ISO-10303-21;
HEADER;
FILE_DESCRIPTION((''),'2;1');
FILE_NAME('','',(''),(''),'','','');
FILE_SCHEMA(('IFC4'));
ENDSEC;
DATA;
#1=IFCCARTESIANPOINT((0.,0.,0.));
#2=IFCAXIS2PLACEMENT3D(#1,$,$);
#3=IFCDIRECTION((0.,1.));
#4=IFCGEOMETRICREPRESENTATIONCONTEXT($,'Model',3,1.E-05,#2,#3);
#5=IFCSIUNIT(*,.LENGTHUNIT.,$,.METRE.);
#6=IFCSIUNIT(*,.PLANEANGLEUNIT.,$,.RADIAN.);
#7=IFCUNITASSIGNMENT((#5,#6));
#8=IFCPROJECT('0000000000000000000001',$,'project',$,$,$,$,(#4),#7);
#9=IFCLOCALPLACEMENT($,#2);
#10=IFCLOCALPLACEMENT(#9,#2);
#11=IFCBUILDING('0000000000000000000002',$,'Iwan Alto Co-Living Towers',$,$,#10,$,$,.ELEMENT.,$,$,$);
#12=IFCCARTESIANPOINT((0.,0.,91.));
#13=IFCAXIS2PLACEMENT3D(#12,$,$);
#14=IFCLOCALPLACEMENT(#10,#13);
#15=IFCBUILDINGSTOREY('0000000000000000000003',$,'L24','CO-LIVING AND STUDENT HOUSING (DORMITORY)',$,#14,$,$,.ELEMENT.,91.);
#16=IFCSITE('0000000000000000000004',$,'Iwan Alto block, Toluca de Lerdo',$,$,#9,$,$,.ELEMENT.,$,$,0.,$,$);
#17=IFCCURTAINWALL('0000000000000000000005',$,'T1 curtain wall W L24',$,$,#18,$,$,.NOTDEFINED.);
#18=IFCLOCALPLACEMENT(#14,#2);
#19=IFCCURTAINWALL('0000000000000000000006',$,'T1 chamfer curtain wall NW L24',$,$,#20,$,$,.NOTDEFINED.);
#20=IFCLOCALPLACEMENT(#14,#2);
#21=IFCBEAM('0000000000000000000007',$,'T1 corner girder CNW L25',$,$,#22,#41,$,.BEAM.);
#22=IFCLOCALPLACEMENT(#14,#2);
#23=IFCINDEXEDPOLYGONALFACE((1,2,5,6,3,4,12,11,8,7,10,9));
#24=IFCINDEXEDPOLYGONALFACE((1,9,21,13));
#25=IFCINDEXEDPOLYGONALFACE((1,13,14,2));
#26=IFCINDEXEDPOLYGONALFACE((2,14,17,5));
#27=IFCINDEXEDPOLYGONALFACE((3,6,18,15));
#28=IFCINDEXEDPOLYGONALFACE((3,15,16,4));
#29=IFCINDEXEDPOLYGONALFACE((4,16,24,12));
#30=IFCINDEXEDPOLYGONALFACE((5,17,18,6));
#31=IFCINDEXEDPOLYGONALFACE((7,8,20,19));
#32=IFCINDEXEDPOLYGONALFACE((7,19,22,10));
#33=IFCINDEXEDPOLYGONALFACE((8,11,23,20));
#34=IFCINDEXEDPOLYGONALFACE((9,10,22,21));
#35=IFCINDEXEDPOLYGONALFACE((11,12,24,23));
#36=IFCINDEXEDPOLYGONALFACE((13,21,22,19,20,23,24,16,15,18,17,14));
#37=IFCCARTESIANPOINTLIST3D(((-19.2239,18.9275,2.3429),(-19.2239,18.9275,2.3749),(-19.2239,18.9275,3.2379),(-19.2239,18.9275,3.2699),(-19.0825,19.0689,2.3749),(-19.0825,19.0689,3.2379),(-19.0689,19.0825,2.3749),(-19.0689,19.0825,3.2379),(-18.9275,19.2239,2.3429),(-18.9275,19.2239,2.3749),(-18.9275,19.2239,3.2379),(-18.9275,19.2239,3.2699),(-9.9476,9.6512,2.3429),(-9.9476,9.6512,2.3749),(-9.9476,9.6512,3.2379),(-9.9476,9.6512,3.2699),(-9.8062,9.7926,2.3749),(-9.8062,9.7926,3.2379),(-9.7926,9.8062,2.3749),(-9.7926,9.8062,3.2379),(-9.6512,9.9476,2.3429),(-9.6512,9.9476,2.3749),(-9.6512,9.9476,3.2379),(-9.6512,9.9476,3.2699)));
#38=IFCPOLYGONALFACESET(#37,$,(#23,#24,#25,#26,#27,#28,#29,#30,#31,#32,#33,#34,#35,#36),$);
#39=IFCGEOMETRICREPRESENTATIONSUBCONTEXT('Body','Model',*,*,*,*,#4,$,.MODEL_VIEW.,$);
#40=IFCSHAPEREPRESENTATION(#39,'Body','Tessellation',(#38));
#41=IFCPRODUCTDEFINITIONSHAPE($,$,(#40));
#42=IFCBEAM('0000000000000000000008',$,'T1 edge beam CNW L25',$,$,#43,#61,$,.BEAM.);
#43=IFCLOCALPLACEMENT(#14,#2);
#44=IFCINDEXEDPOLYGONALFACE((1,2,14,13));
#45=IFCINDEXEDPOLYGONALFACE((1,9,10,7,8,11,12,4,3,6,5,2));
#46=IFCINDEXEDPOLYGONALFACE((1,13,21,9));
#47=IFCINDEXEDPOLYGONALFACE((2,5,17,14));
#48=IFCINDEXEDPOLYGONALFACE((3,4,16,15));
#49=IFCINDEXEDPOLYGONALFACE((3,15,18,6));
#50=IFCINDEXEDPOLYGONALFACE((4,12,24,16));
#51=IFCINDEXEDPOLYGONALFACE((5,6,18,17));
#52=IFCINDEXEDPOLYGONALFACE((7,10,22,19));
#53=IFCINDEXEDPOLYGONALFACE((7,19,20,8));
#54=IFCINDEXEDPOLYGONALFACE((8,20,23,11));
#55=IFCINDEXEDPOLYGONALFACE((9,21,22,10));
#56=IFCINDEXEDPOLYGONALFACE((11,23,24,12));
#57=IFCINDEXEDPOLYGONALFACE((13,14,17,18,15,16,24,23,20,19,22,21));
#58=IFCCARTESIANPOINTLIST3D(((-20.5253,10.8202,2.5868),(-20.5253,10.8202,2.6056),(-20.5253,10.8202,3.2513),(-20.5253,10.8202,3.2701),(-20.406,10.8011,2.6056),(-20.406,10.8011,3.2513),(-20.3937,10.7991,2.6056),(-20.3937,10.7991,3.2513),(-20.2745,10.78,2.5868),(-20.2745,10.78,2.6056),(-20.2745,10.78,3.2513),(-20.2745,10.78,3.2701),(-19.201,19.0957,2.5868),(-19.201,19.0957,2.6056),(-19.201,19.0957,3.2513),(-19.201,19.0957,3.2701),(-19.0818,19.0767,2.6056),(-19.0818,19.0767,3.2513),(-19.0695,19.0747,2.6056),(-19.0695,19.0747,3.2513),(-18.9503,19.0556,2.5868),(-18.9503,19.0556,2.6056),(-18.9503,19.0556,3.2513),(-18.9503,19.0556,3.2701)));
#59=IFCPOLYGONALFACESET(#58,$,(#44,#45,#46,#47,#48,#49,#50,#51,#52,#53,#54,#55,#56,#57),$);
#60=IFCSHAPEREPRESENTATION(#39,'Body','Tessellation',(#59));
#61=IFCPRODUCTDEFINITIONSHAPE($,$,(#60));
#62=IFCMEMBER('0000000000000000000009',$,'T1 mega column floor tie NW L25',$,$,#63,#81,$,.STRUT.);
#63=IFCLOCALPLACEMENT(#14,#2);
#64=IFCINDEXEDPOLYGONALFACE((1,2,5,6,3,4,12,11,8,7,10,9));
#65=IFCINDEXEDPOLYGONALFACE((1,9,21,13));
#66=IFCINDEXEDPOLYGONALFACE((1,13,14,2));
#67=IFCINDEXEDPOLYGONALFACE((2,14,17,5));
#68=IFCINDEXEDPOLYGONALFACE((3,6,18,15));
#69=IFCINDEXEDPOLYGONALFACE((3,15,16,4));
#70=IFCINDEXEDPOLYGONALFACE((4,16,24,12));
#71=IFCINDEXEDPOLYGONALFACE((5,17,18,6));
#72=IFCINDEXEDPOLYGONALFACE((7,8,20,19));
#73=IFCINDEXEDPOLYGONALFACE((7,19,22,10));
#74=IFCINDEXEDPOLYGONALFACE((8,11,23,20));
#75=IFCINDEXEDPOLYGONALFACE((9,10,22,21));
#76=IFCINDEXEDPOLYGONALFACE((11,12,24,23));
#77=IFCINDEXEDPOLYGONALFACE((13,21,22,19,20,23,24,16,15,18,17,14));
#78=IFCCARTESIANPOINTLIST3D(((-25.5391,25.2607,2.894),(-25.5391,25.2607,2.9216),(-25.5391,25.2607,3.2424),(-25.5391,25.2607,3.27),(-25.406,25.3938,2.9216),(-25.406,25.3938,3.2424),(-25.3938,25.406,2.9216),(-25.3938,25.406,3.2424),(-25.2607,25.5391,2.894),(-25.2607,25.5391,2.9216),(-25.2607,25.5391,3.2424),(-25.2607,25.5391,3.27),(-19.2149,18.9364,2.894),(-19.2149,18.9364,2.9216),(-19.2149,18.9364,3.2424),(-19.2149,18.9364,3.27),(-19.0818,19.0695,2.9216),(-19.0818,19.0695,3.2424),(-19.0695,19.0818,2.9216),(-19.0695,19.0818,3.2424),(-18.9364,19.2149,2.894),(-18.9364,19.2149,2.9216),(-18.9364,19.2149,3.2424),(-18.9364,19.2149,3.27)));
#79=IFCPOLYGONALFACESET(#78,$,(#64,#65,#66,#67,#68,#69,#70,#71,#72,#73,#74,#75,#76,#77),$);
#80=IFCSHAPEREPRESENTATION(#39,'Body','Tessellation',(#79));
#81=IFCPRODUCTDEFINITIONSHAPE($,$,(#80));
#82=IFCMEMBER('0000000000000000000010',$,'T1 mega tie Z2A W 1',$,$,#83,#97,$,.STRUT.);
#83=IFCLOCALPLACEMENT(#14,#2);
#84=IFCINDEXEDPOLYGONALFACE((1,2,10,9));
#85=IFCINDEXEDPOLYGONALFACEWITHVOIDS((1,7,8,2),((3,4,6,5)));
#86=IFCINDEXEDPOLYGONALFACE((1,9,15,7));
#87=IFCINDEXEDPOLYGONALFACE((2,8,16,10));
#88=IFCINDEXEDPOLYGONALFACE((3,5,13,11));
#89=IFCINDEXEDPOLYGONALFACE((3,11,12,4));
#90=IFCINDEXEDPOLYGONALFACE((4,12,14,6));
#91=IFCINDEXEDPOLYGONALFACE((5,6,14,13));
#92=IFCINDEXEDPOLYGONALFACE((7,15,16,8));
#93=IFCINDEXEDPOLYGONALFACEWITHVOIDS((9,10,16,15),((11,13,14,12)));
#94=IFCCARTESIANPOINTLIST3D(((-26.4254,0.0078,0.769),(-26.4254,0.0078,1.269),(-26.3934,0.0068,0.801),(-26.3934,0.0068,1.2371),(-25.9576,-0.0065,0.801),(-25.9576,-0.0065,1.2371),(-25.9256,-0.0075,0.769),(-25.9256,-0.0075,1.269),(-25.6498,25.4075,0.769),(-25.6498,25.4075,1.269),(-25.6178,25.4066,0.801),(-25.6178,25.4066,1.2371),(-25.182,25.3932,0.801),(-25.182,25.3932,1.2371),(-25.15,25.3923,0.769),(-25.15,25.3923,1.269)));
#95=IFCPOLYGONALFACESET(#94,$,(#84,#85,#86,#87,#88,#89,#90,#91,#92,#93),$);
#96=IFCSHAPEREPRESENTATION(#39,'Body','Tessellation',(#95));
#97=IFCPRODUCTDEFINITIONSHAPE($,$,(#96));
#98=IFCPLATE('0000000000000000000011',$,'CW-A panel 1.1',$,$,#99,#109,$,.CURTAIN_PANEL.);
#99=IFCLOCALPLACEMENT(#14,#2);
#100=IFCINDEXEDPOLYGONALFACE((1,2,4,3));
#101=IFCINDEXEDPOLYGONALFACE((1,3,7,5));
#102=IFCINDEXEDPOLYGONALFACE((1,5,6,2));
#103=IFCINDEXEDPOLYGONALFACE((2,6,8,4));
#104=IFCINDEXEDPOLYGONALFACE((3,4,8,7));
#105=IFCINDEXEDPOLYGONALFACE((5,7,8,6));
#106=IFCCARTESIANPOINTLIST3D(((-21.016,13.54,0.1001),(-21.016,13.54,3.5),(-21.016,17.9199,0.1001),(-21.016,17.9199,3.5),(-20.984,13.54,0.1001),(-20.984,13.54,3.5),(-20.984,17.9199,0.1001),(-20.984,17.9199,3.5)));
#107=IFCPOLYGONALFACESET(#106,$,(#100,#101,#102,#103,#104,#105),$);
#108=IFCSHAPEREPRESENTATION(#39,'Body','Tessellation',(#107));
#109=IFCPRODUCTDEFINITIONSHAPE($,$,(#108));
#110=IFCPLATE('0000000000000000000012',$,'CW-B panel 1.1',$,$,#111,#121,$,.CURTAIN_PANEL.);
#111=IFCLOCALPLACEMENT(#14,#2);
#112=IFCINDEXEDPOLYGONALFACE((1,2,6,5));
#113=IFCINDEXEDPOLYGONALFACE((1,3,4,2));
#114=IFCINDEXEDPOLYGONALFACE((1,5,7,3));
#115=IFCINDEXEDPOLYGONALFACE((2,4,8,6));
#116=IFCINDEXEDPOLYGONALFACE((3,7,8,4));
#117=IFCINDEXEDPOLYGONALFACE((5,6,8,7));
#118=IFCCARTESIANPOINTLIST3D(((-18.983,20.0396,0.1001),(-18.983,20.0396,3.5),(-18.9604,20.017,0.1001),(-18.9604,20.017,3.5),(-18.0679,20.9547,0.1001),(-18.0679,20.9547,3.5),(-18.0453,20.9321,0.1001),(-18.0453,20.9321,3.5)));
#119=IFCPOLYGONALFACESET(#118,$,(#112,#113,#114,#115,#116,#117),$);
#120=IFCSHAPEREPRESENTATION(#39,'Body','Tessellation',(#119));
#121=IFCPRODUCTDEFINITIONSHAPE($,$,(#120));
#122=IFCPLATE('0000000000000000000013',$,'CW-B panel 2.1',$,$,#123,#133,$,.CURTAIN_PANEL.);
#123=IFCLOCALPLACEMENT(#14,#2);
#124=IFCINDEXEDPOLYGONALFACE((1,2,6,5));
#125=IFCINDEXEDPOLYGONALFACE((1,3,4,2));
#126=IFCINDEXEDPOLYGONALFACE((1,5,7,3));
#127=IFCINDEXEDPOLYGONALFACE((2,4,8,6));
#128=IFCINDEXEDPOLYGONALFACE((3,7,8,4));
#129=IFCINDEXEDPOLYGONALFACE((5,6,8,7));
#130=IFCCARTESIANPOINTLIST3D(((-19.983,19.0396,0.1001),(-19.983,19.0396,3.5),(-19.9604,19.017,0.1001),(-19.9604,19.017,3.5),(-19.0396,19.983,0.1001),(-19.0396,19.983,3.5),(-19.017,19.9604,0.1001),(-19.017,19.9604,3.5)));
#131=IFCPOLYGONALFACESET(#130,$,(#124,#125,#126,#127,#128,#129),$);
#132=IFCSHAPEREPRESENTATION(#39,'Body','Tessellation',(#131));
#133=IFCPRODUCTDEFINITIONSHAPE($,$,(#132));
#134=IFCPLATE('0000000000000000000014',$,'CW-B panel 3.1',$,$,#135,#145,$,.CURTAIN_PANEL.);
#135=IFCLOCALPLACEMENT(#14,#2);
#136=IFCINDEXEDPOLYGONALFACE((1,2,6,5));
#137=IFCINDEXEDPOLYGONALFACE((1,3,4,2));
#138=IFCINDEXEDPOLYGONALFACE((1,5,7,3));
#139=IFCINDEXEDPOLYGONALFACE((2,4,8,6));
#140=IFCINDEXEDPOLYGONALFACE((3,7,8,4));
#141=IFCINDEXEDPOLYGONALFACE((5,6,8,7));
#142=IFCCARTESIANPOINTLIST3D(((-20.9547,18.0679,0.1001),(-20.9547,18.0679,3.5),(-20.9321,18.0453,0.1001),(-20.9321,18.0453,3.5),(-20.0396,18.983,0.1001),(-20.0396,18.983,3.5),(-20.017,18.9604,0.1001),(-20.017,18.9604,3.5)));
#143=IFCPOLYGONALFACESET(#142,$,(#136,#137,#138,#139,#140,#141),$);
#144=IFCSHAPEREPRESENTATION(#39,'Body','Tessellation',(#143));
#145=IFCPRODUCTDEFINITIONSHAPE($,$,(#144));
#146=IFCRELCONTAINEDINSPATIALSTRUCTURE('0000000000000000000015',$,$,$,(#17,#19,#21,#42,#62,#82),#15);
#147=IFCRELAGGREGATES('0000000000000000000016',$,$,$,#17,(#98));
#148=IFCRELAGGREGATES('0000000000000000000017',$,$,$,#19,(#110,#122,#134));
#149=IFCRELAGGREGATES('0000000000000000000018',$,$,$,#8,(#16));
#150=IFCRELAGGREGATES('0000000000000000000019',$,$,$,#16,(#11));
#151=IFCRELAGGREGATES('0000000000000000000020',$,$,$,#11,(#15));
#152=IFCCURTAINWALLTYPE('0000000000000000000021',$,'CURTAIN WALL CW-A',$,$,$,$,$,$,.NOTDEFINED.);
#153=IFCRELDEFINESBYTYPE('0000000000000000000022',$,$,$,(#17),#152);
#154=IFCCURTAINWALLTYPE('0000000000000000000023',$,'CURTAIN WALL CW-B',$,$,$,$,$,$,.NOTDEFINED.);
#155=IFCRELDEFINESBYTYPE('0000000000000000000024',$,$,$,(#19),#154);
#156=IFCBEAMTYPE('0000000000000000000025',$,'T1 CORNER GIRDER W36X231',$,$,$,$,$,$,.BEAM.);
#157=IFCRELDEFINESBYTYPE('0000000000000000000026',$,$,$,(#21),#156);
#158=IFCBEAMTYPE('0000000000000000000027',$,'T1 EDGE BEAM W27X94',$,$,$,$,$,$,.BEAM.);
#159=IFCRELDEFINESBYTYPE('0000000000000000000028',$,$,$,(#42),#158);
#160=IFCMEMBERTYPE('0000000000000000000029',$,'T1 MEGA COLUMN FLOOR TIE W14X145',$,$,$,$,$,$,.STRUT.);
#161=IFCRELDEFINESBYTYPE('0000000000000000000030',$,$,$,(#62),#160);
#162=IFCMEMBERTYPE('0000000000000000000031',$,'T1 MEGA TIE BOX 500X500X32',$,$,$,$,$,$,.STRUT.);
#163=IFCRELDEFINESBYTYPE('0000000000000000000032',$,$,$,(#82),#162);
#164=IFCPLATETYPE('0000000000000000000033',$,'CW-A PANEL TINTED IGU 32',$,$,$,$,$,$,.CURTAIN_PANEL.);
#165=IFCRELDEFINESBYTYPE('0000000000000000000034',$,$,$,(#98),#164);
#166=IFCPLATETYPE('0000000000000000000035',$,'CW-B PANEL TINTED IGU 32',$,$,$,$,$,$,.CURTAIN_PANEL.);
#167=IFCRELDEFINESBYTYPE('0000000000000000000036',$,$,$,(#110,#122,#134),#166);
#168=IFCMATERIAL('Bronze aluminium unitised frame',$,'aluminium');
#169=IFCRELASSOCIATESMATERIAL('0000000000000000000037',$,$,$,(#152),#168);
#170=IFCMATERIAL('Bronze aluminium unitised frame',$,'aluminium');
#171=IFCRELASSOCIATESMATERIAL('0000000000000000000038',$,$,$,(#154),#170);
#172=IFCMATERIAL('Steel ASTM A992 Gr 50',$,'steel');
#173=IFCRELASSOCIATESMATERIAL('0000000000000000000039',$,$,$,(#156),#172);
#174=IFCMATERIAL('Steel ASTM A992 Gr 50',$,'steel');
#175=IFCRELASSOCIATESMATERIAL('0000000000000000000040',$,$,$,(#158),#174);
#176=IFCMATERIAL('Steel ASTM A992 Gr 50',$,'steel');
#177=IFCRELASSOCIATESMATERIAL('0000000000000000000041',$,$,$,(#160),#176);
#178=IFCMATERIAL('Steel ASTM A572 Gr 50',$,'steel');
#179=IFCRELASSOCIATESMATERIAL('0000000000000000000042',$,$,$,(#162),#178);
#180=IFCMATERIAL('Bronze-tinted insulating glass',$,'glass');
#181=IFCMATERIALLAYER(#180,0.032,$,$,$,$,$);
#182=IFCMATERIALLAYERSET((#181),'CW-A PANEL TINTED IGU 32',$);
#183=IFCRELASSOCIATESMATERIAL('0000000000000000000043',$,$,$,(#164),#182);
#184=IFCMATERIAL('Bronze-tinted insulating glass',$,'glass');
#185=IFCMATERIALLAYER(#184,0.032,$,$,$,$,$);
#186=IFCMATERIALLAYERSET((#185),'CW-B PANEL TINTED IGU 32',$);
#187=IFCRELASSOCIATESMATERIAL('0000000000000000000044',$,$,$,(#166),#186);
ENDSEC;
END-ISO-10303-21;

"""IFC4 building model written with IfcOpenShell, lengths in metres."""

from ifc_helpers import new_model, si_unit, direction, frame, origin, origin_2d, place, context, subcontext, project, spatial, rectangle, hollow_rectangle, i_section, extrude, material, layer, layer_set, material_profile, profile_set, type_object, element, aggregate, save


model = new_model("IFC4")

# Units and contexts
model_context = context("Model", 3, precision=1e-05, world=origin(), true_north=direction((0.0, 1.0)))
body_context = subcontext(model_context, "Body", "Model", "MODEL_VIEW")
ifc_project = project(units=[si_unit("LENGTHUNIT", "METRE"), si_unit("PLANEANGLEUNIT", "RADIAN")], contexts=[model_context])

# Site, building, storey
site_placement = place(None, origin())
site = spatial("IfcSite", under=ifc_project, at=site_placement, Name="Iwan Alto block, Toluca de Lerdo", CompositionType="ELEMENT", RefElevation=0.0)
building_placement = place(site_placement, origin())
building = spatial("IfcBuilding", under=site, at=building_placement, Name="Iwan Alto Co-Living Towers", CompositionType="ELEMENT")
storey_placement = place(building_placement, frame((0.0, 0.0, 91.0)))
storey = spatial("IfcBuildingStorey", under=building, at=storey_placement, Name="L24", Description="CO-LIVING AND STUDENT HOUSING (DORMITORY)", CompositionType="ELEMENT", Elevation=91.0)

# Shared definitions
ifc_material_1 = material(Name="Bronze aluminium unitised frame", Category="aluminium")
curtain_wall_type_1 = type_object("IfcCurtainWallType", Name="CURTAIN WALL CW-A", PredefinedType="NOTDEFINED", material=ifc_material_1)

# Curtain walls
curtain_wall_1_placement = place(storey_placement, origin())
curtain_wall_1 = element("IfcCurtainWall", 1, at=curtain_wall_1_placement, inside=storey, type_object=curtain_wall_type_1, Name="T1 curtain wall W L24", PredefinedType="NOTDEFINED")
ifc_material_2 = material(Name="Bronze aluminium unitised frame", Category="aluminium")
curtain_wall_type_2 = type_object("IfcCurtainWallType", Name="CURTAIN WALL CW-B", PredefinedType="NOTDEFINED", material=ifc_material_2)
curtain_wall_2_placement = place(storey_placement, origin())
curtain_wall_2 = element("IfcCurtainWall", 2, at=curtain_wall_2_placement, inside=storey, type_object=curtain_wall_type_2, Name="T1 chamfer curtain wall NW L24", PredefinedType="NOTDEFINED")

# Beams
ifc_material_3 = material(Name="Steel ASTM A992 Gr 50", Category="steel")
ifc_material_profile_1 = material_profile(ifc_material_3, i_section(OverallWidth=0.4192, OverallDepth=0.927, WebThickness=0.0193, FlangeThickness=0.032, at=origin_2d()), Name="W36X231")
ifc_profile_set_1 = profile_set([ifc_material_profile_1], Name="Steel ASTM A992 Gr 50")
beam_type_1 = type_object("IfcBeamType", Name="T1 CORNER GIRDER W36X231", PredefinedType="BEAM", material=ifc_profile_set_1)
beam_1_placement = place(storey_placement, frame((-19.0757, 19.0757, 2.8064), z_axis=(0.707107, -0.707107, 0.0), x_axis=(0.707107, 0.707107, 0.0)))
element("IfcBeam", 3, at=beam_1_placement, inside=storey, type_object=beam_type_1, Name="T1 corner girder CNW L25", PredefinedType="BEAM", context=body_context, shape_type="SweptSolid", body=[
    extrude(i_section(OverallWidth=0.4192, OverallDepth=0.927, WebThickness=0.0193, FlangeThickness=0.032, at=origin_2d()), origin(), (0.0, 0.0, 1.0), 13.1187),
])
ifc_material_4 = material(Name="Steel ASTM A992 Gr 50", Category="steel")
ifc_material_profile_2 = material_profile(ifc_material_4, i_section(OverallWidth=0.2539, OverallDepth=0.6833, WebThickness=0.0125, FlangeThickness=0.0188, at=origin_2d()), Name="W27X94")
ifc_profile_set_2 = profile_set([ifc_material_profile_2], Name="Steel ASTM A992 Gr 50")
beam_type_2 = type_object("IfcBeamType", Name="T1 EDGE BEAM W27X94", PredefinedType="BEAM", material=ifc_profile_set_2)
beam_2_placement = place(storey_placement, frame((-19.0757, 19.0757, 2.9285), z_axis=(-0.158004, -0.987438, 0.0), x_axis=(0.987438, -0.158004, 0.0)))
element("IfcBeam", 4, at=beam_2_placement, inside=storey, type_object=beam_type_2, Name="T1 edge beam CNW L25", PredefinedType="BEAM", context=body_context, shape_type="SweptSolid", body=[
    extrude(i_section(OverallWidth=0.2539, OverallDepth=0.6833, WebThickness=0.0125, FlangeThickness=0.0188, at=origin_2d()), origin(), (0.0, 0.0, 1.0), 8.3809),
])

# Members
ifc_material_5 = material(Name="Steel ASTM A992 Gr 50", Category="steel")
ifc_material_profile_3 = material_profile(ifc_material_5, i_section(OverallWidth=0.3938, OverallDepth=0.376, WebThickness=0.0173, FlangeThickness=0.0276, at=origin_2d()), Name="W14X145")
ifc_profile_set_3 = profile_set([ifc_material_profile_3], Name="Steel ASTM A992 Gr 50")
member_type_1 = type_object("IfcMemberType", Name="T1 MEGA COLUMN FLOOR TIE W14X145", PredefinedType="STRUT", material=ifc_profile_set_3)
member_1_placement = place(storey_placement, frame((-25.3999, 25.3999, 3.082), z_axis=(0.707107, -0.707107, 0.0), x_axis=(0.707107, 0.707107, 0.0)))
element("IfcMember", 5, at=member_1_placement, inside=storey, type_object=member_type_1, Name="T1 mega column floor tie NW L25", PredefinedType="STRUT", context=body_context, shape_type="SweptSolid", body=[
    extrude(i_section(OverallWidth=0.3938, OverallDepth=0.376, WebThickness=0.0173, FlangeThickness=0.0276, at=origin_2d()), origin(), (0.0, 0.0, 1.0), 8.9438),
])
ifc_material_6 = material(Name="Steel ASTM A572 Gr 50", Category="steel")
ifc_material_profile_4 = material_profile(ifc_material_6, hollow_rectangle(XDim=0.5, YDim=0.5, WallThickness=0.032, at=origin_2d()), Name="BOX 500X500X32")
ifc_profile_set_4 = profile_set([ifc_material_profile_4], Name="Steel ASTM A572 Gr 50")
member_type_2 = type_object("IfcMemberType", Name="T1 MEGA TIE BOX 500X500X32", PredefinedType="STRUT", material=ifc_profile_set_4)
member_2_placement = place(storey_placement, frame((-25.3999, 25.3999, 1.019), z_axis=(-0.030523, -0.999534, 0.0), x_axis=(0.999534, -0.030523, 0.0)))
element("IfcMember", 6, at=member_2_placement, inside=storey, type_object=member_type_2, Name="T1 mega tie Z2A W 1", PredefinedType="STRUT", context=body_context, shape_type="SweptSolid", body=[
    extrude(hollow_rectangle(XDim=0.5, YDim=0.5, WallThickness=0.032, at=origin_2d()), origin(), (0.0, 0.0, 1.0), 25.4116),
])

# Plates
ifc_material_7 = material(Name="Bronze-tinted insulating glass", Category="glass")
ifc_layer_1 = layer(ifc_material_7, 0.032)
ifc_layer_set_1 = layer_set([ifc_layer_1], Name="CW-A PANEL TINTED IGU 32")
plate_type_1 = type_object("IfcPlateType", Name="CW-A PANEL TINTED IGU 32", PredefinedType="CURTAIN_PANEL", material=ifc_layer_set_1)
plate_1_placement = place(storey_placement, frame((-21.0, 15.73, 0.1001), z_axis=(0.0, 0.0, 1.0), x_axis=(0.0, -1.0, 0.0)))
plate_1 = element("IfcPlate", 7, at=plate_1_placement, type_object=plate_type_1, Name="CW-A panel 1.1", PredefinedType="CURTAIN_PANEL", context=body_context, shape_type="SweptSolid", body=[
    extrude(rectangle(XDim=4.3799, YDim=0.032, at=origin_2d()), origin(), (0.0, 0.0, 1.0), 3.3999),
])
aggregate(curtain_wall_1, [plate_1])
ifc_material_8 = material(Name="Bronze-tinted insulating glass", Category="glass")
ifc_layer_2 = layer(ifc_material_8, 0.032)
ifc_layer_set_2 = layer_set([ifc_layer_2], Name="CW-B PANEL TINTED IGU 32")
plate_type_2 = type_object("IfcPlateType", Name="CW-B PANEL TINTED IGU 32", PredefinedType="CURTAIN_PANEL", material=ifc_layer_set_2)
plate_2_placement = place(storey_placement, frame((-18.5142, 20.4858, 0.1001), z_axis=(0.0, 0.0, 1.0), x_axis=(-0.707107, -0.707107, 0.0)))
plate_2 = element("IfcPlate", 8, at=plate_2_placement, type_object=plate_type_2, Name="CW-B panel 1.1", PredefinedType="CURTAIN_PANEL", context=body_context, shape_type="SweptSolid", body=[
    extrude(rectangle(XDim=1.2942, YDim=0.032, at=origin_2d()), origin(), (0.0, 0.0, 1.0), 3.3999),
])
plate_3_placement = place(storey_placement, frame((-19.5, 19.5, 0.1001), z_axis=(0.0, 0.0, 1.0), x_axis=(-0.707107, -0.707107, 0.0)))
plate_3 = element("IfcPlate", 9, at=plate_3_placement, type_object=plate_type_2, Name="CW-B panel 2.1", PredefinedType="CURTAIN_PANEL", context=body_context, shape_type="SweptSolid", body=[
    extrude(rectangle(XDim=1.3342, YDim=0.032, at=origin_2d()), origin(), (0.0, 0.0, 1.0), 3.3999),
])
plate_4_placement = place(storey_placement, frame((-20.4858, 18.5142, 0.1001), z_axis=(0.0, 0.0, 1.0), x_axis=(-0.707107, -0.707107, 0.0)))
plate_4 = element("IfcPlate", 10, at=plate_4_placement, type_object=plate_type_2, Name="CW-B panel 3.1", PredefinedType="CURTAIN_PANEL", context=body_context, shape_type="SweptSolid", body=[
    extrude(rectangle(XDim=1.2942, YDim=0.032, at=origin_2d()), origin(), (0.0, 0.0, 1.0), 3.3999),
])
aggregate(curtain_wall_2, [plate_2, plate_3, plate_4])

save(model, "model.ifc")
